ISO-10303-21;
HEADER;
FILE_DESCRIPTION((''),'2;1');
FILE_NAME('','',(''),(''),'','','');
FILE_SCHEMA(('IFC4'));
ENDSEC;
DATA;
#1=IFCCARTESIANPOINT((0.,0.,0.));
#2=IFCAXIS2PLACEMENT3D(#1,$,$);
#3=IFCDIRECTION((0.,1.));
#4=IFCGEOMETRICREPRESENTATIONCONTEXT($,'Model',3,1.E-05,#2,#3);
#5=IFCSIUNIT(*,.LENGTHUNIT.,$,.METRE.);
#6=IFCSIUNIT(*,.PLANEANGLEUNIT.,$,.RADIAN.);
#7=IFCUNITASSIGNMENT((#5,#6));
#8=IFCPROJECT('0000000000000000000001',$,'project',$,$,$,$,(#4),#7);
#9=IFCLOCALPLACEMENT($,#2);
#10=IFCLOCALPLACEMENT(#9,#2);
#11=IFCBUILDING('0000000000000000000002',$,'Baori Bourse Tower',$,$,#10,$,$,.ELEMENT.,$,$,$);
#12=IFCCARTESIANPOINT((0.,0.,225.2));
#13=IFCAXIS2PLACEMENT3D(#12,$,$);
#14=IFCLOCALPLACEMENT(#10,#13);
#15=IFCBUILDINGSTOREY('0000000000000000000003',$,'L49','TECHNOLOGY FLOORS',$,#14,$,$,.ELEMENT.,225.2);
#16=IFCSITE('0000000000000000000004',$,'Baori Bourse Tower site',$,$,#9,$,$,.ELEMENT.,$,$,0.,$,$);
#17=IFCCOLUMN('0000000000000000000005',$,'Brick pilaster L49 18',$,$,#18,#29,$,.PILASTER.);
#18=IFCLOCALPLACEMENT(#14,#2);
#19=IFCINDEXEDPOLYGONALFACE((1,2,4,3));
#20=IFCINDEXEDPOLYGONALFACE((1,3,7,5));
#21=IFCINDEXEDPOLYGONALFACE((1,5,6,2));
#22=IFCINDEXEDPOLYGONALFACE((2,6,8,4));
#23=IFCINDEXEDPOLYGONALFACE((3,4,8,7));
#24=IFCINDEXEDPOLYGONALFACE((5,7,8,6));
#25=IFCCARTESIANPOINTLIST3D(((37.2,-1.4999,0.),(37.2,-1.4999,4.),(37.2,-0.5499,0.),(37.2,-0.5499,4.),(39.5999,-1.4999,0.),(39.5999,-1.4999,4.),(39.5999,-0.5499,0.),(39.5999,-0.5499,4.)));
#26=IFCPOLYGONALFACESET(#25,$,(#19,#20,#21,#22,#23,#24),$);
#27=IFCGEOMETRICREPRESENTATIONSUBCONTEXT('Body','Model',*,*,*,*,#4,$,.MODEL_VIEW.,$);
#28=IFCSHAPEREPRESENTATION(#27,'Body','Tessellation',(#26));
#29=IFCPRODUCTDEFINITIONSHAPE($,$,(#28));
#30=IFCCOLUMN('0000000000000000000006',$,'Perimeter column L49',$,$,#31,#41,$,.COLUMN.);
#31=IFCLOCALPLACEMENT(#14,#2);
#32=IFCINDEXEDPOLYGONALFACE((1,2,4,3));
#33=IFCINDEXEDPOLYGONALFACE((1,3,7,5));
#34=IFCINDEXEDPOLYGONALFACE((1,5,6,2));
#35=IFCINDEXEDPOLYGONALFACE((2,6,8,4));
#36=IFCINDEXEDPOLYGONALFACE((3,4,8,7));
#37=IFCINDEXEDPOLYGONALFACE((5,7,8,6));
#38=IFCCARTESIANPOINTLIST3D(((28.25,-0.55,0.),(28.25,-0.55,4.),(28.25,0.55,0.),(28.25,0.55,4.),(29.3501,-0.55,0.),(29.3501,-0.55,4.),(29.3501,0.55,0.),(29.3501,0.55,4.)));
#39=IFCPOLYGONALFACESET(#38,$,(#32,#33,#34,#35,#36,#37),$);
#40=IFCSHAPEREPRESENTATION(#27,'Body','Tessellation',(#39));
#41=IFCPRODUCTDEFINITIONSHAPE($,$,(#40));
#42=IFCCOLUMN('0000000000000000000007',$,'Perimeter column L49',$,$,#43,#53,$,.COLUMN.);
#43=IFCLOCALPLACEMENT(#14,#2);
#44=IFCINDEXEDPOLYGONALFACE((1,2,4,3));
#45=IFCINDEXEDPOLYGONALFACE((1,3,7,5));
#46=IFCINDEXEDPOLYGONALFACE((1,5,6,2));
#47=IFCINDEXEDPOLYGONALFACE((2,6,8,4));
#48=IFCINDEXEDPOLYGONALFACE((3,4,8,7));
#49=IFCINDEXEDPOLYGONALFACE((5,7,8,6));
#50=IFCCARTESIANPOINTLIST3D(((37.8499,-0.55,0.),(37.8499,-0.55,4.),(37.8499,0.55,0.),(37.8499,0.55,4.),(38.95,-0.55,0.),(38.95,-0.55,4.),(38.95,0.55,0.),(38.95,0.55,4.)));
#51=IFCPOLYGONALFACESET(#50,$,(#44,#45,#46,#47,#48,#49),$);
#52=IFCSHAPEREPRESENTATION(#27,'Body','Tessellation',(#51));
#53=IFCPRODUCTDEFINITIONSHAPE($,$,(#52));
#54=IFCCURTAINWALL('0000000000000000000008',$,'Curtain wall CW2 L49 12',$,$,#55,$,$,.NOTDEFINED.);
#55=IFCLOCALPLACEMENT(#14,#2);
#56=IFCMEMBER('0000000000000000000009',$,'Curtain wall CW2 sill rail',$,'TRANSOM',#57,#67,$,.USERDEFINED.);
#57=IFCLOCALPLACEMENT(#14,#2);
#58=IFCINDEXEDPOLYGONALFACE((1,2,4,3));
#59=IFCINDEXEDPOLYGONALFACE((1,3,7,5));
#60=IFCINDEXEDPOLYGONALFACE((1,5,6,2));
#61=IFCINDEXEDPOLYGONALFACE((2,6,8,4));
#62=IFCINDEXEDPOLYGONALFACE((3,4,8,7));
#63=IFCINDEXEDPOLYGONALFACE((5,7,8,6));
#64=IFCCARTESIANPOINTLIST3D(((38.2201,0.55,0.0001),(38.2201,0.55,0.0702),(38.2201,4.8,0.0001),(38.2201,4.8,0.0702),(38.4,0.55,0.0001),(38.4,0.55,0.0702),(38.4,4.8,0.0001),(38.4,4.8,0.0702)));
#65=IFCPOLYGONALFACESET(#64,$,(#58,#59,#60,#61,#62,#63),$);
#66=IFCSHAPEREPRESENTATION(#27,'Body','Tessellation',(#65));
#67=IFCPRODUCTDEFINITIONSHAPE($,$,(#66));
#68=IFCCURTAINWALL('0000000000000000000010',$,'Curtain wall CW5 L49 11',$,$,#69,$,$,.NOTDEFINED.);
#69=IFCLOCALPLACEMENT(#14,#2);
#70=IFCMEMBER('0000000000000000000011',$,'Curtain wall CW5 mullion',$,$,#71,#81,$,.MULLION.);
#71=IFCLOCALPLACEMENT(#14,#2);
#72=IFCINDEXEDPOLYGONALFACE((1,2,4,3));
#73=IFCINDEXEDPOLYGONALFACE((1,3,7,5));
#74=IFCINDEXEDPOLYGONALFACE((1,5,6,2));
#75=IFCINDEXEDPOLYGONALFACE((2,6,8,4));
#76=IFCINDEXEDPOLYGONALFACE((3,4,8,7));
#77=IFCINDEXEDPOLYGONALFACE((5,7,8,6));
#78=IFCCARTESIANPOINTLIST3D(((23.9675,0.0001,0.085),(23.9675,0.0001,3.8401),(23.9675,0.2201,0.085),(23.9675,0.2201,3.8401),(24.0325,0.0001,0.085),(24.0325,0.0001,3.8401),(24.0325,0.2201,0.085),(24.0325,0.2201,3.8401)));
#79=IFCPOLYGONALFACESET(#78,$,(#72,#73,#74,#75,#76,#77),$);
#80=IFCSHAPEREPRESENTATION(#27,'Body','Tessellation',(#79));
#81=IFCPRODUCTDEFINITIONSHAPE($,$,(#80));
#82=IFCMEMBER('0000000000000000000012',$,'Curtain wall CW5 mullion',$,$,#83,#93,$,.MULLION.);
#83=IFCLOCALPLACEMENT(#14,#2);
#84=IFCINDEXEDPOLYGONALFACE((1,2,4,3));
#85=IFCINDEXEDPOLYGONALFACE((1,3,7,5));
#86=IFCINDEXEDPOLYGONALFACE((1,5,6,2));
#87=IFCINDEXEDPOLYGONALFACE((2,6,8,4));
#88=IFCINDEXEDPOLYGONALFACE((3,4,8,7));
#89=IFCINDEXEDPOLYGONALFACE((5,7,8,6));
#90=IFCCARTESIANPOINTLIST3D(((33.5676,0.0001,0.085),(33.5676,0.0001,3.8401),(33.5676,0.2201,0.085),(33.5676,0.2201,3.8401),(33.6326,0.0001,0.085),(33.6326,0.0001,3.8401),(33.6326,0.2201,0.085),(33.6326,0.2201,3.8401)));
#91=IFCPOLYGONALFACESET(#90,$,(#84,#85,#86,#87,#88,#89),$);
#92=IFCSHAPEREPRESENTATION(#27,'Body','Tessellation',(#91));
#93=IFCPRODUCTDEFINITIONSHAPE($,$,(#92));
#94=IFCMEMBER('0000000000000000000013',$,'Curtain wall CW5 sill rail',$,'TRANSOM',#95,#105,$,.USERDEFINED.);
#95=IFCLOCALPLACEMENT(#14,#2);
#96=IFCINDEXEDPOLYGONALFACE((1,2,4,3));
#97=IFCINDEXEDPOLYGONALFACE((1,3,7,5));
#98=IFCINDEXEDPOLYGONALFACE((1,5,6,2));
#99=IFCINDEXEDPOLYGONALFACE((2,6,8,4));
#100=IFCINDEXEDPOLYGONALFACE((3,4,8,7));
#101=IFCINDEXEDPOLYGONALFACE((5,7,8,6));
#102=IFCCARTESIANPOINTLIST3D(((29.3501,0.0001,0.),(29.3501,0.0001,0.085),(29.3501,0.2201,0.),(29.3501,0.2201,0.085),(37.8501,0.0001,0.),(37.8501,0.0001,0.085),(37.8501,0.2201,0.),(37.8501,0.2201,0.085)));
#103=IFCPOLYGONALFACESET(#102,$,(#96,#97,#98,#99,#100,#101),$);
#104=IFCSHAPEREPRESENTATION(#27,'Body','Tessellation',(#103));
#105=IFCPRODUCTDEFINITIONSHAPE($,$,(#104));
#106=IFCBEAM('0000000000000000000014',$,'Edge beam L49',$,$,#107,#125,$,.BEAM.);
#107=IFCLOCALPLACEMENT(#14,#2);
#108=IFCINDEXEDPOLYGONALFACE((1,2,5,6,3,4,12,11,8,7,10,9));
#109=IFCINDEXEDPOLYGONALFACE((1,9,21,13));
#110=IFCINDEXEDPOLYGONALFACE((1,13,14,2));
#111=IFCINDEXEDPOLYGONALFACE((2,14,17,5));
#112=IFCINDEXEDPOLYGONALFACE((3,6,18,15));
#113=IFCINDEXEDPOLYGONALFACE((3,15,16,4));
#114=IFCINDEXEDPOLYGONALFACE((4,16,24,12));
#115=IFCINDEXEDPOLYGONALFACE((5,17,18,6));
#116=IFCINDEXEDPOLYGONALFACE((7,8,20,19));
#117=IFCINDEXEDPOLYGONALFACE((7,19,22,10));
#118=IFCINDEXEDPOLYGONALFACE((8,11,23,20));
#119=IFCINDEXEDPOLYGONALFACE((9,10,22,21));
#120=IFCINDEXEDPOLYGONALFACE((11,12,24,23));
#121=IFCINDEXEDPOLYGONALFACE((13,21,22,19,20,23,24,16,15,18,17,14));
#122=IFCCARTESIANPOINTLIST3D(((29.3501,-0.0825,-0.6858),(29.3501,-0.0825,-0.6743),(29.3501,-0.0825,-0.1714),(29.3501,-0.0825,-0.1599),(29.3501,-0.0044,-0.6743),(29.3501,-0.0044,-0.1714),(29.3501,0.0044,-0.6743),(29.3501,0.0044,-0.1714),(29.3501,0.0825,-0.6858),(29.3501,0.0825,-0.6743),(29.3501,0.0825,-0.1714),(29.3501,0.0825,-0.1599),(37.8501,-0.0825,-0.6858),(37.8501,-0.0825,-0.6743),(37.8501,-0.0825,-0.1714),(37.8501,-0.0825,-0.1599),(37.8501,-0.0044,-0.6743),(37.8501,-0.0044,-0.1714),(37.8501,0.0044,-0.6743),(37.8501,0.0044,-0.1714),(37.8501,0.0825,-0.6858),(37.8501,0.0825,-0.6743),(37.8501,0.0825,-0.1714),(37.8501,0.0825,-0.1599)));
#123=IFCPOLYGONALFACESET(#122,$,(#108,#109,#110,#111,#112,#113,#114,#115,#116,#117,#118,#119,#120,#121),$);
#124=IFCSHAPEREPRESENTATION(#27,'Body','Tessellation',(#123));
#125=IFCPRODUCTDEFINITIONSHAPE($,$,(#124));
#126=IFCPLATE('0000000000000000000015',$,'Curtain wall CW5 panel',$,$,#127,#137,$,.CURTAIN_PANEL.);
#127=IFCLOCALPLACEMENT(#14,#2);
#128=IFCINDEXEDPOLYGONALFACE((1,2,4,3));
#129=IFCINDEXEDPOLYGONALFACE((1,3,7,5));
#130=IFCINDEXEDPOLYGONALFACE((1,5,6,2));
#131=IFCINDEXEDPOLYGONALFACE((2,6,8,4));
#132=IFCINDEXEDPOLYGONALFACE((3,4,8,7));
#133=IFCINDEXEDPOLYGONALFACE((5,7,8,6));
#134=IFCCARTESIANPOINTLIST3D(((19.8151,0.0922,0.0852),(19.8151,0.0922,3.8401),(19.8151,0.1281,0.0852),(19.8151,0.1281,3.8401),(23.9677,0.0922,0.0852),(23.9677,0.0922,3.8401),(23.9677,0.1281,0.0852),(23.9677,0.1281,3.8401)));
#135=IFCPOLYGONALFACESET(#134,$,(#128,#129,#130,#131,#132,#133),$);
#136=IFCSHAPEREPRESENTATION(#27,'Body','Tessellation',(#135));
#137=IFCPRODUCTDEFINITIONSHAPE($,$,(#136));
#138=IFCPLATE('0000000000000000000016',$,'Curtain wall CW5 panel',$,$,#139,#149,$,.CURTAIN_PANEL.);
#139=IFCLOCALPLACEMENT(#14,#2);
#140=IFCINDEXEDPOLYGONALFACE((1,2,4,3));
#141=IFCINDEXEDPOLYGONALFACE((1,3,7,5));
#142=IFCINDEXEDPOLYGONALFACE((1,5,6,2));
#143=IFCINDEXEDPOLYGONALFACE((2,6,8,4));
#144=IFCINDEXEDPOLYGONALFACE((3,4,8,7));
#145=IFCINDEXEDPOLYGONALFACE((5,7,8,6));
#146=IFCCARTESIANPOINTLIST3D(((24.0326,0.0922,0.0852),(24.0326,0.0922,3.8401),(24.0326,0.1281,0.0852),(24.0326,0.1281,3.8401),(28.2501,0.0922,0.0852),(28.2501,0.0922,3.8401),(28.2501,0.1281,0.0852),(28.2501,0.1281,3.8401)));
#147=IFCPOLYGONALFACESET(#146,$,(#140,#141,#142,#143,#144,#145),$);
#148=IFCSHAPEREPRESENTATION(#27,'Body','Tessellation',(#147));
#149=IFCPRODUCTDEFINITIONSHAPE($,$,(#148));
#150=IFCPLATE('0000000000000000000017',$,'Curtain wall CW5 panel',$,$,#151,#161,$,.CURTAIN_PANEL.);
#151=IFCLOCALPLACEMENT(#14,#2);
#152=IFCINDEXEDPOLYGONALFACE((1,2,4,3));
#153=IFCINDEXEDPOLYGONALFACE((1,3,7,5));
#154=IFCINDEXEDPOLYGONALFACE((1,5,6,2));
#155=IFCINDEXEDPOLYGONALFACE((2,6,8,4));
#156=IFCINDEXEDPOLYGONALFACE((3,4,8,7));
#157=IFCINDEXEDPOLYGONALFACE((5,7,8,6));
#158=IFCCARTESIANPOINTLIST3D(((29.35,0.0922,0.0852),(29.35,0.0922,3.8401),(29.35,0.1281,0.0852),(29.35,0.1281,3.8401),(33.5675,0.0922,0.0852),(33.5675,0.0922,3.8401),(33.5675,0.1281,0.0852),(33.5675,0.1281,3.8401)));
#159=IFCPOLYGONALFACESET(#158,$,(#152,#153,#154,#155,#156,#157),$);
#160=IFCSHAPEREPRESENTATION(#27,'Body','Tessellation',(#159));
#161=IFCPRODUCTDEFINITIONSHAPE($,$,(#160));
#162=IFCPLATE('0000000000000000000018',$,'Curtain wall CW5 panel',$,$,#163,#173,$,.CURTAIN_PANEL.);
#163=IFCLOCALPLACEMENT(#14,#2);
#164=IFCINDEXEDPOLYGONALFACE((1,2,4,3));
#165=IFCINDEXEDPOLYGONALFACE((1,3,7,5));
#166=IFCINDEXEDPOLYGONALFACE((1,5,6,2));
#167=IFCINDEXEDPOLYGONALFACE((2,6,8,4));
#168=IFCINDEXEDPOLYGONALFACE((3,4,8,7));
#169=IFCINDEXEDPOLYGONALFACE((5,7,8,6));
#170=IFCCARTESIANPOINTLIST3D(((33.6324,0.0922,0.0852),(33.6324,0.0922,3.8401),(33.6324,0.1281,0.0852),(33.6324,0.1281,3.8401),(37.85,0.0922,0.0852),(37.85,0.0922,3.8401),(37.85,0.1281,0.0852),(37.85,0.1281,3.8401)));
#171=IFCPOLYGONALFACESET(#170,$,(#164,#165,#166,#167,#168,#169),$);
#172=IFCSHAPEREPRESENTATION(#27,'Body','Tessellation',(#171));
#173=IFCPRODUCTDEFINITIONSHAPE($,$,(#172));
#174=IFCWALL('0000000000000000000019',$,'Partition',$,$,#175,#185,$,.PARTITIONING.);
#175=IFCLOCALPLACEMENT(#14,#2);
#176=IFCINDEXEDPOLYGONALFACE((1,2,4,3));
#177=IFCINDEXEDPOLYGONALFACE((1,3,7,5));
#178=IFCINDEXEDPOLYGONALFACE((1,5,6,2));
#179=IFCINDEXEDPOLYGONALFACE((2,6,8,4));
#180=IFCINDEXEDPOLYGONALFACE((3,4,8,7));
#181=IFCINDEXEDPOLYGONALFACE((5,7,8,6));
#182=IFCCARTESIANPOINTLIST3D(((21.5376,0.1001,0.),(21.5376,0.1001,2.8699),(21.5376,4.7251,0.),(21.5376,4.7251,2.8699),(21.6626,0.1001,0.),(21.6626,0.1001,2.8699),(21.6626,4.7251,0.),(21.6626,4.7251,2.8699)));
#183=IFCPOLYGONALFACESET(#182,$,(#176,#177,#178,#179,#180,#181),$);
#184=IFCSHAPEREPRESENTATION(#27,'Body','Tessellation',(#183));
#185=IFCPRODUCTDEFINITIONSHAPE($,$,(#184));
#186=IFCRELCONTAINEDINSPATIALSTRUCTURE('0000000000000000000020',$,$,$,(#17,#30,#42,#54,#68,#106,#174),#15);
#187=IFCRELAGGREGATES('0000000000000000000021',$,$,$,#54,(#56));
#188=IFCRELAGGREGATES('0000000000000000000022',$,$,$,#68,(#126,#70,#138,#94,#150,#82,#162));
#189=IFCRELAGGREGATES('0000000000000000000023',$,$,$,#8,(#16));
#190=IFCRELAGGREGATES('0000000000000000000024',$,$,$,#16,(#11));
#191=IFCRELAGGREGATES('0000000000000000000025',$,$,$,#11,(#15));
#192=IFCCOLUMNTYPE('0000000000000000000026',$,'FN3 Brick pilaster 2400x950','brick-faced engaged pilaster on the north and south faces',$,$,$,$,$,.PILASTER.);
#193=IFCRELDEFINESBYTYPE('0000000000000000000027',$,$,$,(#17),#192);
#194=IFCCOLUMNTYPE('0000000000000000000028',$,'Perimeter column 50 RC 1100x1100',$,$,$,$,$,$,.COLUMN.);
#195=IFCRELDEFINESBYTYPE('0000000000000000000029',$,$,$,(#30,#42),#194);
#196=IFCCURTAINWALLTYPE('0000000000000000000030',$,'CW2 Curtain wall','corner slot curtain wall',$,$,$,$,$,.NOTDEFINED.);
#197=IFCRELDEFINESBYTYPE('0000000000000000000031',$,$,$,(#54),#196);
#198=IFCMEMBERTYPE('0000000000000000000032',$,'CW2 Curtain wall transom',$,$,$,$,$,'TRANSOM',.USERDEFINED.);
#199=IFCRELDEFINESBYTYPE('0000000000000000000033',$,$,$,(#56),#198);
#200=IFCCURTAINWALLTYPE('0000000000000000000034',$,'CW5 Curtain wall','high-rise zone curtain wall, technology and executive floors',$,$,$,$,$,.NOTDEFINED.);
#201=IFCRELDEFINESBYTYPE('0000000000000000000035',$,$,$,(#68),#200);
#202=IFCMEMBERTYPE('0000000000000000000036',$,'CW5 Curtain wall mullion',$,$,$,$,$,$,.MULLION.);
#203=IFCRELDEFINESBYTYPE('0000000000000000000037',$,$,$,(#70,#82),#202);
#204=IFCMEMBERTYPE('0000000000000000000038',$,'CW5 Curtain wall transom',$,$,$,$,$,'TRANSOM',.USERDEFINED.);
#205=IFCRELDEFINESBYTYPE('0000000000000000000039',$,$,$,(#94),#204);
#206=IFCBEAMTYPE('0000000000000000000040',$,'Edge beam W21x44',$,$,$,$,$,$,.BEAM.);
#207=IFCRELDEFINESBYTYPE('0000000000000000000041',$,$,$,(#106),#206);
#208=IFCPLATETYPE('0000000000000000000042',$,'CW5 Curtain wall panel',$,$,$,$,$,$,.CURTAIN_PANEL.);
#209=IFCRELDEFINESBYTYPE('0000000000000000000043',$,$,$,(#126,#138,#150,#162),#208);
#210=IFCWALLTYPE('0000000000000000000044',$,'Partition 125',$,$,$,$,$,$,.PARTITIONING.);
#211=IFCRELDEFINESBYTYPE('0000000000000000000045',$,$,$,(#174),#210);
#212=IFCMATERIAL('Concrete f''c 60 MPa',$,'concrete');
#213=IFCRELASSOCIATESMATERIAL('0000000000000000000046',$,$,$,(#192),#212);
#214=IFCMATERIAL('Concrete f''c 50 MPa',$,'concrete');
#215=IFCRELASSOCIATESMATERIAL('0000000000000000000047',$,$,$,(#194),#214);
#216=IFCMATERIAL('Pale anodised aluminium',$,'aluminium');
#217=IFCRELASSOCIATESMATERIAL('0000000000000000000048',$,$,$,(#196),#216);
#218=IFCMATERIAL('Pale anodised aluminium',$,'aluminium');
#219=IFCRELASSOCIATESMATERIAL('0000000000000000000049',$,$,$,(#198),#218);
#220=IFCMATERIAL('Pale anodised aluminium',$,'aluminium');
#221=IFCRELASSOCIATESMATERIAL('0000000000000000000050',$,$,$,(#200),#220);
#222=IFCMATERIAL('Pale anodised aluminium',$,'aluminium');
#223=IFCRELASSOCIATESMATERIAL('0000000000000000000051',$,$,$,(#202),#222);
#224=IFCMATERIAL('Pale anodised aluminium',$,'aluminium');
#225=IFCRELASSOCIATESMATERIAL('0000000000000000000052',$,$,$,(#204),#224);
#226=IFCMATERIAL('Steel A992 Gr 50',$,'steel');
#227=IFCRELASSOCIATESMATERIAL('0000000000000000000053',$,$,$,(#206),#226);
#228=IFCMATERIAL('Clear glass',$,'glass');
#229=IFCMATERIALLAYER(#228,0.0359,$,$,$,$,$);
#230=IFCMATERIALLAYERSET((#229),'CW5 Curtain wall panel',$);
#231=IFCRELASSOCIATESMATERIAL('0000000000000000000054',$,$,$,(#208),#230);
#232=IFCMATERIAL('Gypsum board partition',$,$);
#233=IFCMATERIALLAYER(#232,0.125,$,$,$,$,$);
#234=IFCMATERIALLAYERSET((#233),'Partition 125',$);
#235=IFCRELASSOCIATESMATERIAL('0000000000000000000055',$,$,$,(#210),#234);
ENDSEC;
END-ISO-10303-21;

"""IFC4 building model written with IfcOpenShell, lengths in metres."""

from ifc_helpers import new_model, si_unit, direction, frame, frame_2d, origin, origin_2d, place, context, subcontext, project, spatial, rectangle, i_section, extrude, material, layer, layer_set, material_profile, profile_set, type_object, element, aggregate, save


model = new_model("IFC4")

# Units and contexts
model_context = context("Model", 3, precision=1e-05, world=origin(), true_north=direction((0.0, 1.0)))
body_context = subcontext(model_context, "Body", "Model", "MODEL_VIEW")
ifc_project = project(units=[si_unit("LENGTHUNIT", "METRE"), si_unit("PLANEANGLEUNIT", "RADIAN")], contexts=[model_context])

# Site, building, storey
site_placement = place(None, origin())
site = spatial("IfcSite", under=ifc_project, at=site_placement, Name="Baori Bourse Tower site", CompositionType="ELEMENT", RefElevation=0.0)
building_placement = place(site_placement, origin())
building = spatial("IfcBuilding", under=site, at=building_placement, Name="Baori Bourse Tower", CompositionType="ELEMENT")
storey_placement = place(building_placement, frame((0.0, 0.0, 225.2)))
storey = spatial("IfcBuildingStorey", under=building, at=storey_placement, Name="L49", Description="TECHNOLOGY FLOORS", CompositionType="ELEMENT", Elevation=225.2)

# Columns
ifc_material_1 = material(Name="Concrete f'c 60 MPa", Category="concrete")
ifc_material_profile_1 = material_profile(ifc_material_1, rectangle(XDim=2.3999, YDim=0.95, at=origin_2d()), Name="RC 2400x950")
ifc_profile_set_1 = profile_set([ifc_material_profile_1], Name="Concrete f'c 60 MPa")
column_type_1 = type_object("IfcColumnType", Name="FN3 Brick pilaster 2400x950", Description="brick-faced engaged pilaster on the north and south faces", PredefinedType="PILASTER", material=ifc_profile_set_1)
column_placement = place(storey_placement, frame((38.3999, -1.0249, 0.0), z_axis=(0.0, 0.0, 1.0), x_axis=(1.0, 0.0, 0.0)))
element("IfcColumn", 1, at=column_placement, inside=storey, type_object=column_type_1, Name="Brick pilaster L49 18", PredefinedType="PILASTER", context=body_context, shape_type="SweptSolid", body=[
    extrude(rectangle(XDim=2.3999, YDim=0.95, at=origin_2d()), origin(), (0.0, 0.0, 1.0), 4.0),
])
ifc_material_2 = material(Name="Concrete f'c 50 MPa", Category="concrete")
ifc_material_profile_2 = material_profile(ifc_material_2, rectangle(XDim=1.1001, YDim=1.1001, at=origin_2d()), Name="RC 1100x1100")
ifc_profile_set_2 = profile_set([ifc_material_profile_2], Name="Concrete f'c 50 MPa")
column_type_2 = type_object("IfcColumnType", Name="Perimeter column 50 RC 1100x1100", PredefinedType="COLUMN", material=ifc_profile_set_2)
for number, where, z_axis, x_axis, name in (
    (2, (28.8, 0.0, 0.0), (0.0, 0.0, 1.0), (1.0, 0.0, 0.0), "Perimeter column L49"),
    (3, (38.3999, 0.0, 0.0), (0.0, 0.0, 1.0), (1.0, 0.0, 0.0), "Perimeter column L49"),
):
    element("IfcColumn", number, at=place(storey_placement, frame(where, z_axis=z_axis, x_axis=x_axis)), inside=storey, type_object=column_type_2, Name=name, PredefinedType="COLUMN", context=body_context, shape_type="SweptSolid", body=[
        extrude(rectangle(XDim=1.1001, YDim=1.1001, at=origin_2d()), origin(), (0.0, 0.0, 1.0), 4.0),
    ])

# Curtain wall, member
ifc_material_3 = material(Name="Pale anodised aluminium", Category="aluminium")
curtain_wall_type_1 = type_object("IfcCurtainWallType", Name="CW2 Curtain wall", Description="corner slot curtain wall", PredefinedType="NOTDEFINED", material=ifc_material_3)
curtain_wall_1_placement = place(storey_placement, origin())
curtain_wall_1 = element("IfcCurtainWall", 4, at=curtain_wall_1_placement, inside=storey, type_object=curtain_wall_type_1, Name="Curtain wall CW2 L49 12", PredefinedType="NOTDEFINED")
ifc_material_4 = material(Name="Pale anodised aluminium", Category="aluminium")
ifc_material_profile_3 = material_profile(ifc_material_4, rectangle(XDim=0.1799, YDim=0.0701, at=origin_2d()), Name="Transom 70x180")
ifc_profile_set_3 = profile_set([ifc_material_profile_3], Name="Pale anodised aluminium")
member_type_1 = type_object("IfcMemberType", Name="CW2 Curtain wall transom", ElementType="TRANSOM", PredefinedType="USERDEFINED", material=ifc_profile_set_3)
member_1_placement = place(storey_placement, frame((38.3101, 0.55, 0.0352), z_axis=(0.0, 1.0, 0.0), x_axis=(-1.0, 0.0, 0.0)))
member_1 = element("IfcMember", 5, at=member_1_placement, type_object=member_type_1, Name="Curtain wall CW2 sill rail", ObjectType="TRANSOM", PredefinedType="USERDEFINED", context=body_context, shape_type="SweptSolid", body=[
    extrude(rectangle(XDim=0.1799, YDim=0.0701, at=origin_2d()), origin(), (0.0, 0.0, 1.0), 4.25),
])
aggregate(curtain_wall_1, [member_1])

# Curtain wall, members
ifc_material_5 = material(Name="Pale anodised aluminium", Category="aluminium")
curtain_wall_type_2 = type_object("IfcCurtainWallType", Name="CW5 Curtain wall", Description="high-rise zone curtain wall, technology and executive floors", PredefinedType="NOTDEFINED", material=ifc_material_5)
curtain_wall_2_placement = place(storey_placement, origin())
curtain_wall_2 = element("IfcCurtainWall", 6, at=curtain_wall_2_placement, inside=storey, type_object=curtain_wall_type_2, Name="Curtain wall CW5 L49 11", PredefinedType="NOTDEFINED")
ifc_material_6 = material(Name="Pale anodised aluminium", Category="aluminium")
ifc_material_profile_4 = material_profile(ifc_material_6, rectangle(XDim=0.22, YDim=0.0649, at=origin_2d()), Name="Mullion 65x220")
ifc_profile_set_4 = profile_set([ifc_material_profile_4], Name="Pale anodised aluminium")
member_type_2 = type_object("IfcMemberType", Name="CW5 Curtain wall mullion", PredefinedType="MULLION", material=ifc_profile_set_4)
member_2_placement = place(storey_placement, frame((24.0, 0.1101, 0.085), z_axis=(0.0, 0.0, 1.0), x_axis=(0.0, 1.0, 0.0)))
member_2 = element("IfcMember", 7, at=member_2_placement, type_object=member_type_2, Name="Curtain wall CW5 mullion", PredefinedType="MULLION", context=body_context, shape_type="SweptSolid", body=[
    extrude(rectangle(XDim=0.22, YDim=0.0649, at=origin_2d()), origin(), (0.0, 0.0, 1.0), 3.7551),
])
member_3_placement = place(storey_placement, frame((33.6001, 0.1101, 0.085), z_axis=(0.0, 0.0, 1.0), x_axis=(0.0, 1.0, 0.0)))
member_3 = element("IfcMember", 8, at=member_3_placement, type_object=member_type_2, Name="Curtain wall CW5 mullion", PredefinedType="MULLION", context=body_context, shape_type="SweptSolid", body=[
    extrude(rectangle(XDim=0.22, YDim=0.0649, at=origin_2d()), origin(), (0.0, 0.0, 1.0), 3.7551),
])
ifc_material_7 = material(Name="Pale anodised aluminium", Category="aluminium")
ifc_material_profile_5 = material_profile(ifc_material_7, rectangle(XDim=0.22, YDim=0.085, at=origin_2d()), Name="Transom 85x220")
ifc_profile_set_5 = profile_set([ifc_material_profile_5], Name="Pale anodised aluminium")
member_type_3 = type_object("IfcMemberType", Name="CW5 Curtain wall transom", ElementType="TRANSOM", PredefinedType="USERDEFINED", material=ifc_profile_set_5)
member_4_placement = place(storey_placement, frame((29.3501, 0.1101, 0.0425), z_axis=(1.0, 0.0, 0.0), x_axis=(0.0, 1.0, 0.0)))
member_4 = element("IfcMember", 9, at=member_4_placement, type_object=member_type_3, Name="Curtain wall CW5 sill rail", ObjectType="TRANSOM", PredefinedType="USERDEFINED", context=body_context, shape_type="SweptSolid", body=[
    extrude(rectangle(XDim=0.22, YDim=0.085, at=origin_2d()), origin(), (0.0, 0.0, 1.0), 8.5),
])

# Beam
ifc_material_8 = material(Name="Steel A992 Gr 50", Category="steel")
ifc_material_profile_6 = material_profile(ifc_material_8, i_section(OverallWidth=0.165, OverallDepth=0.5259, WebThickness=0.0088, FlangeThickness=0.0115, at=origin_2d()), Name="W21x44")
ifc_profile_set_6 = profile_set([ifc_material_profile_6], Name="Steel A992 Gr 50")
beam_type = type_object("IfcBeamType", Name="Edge beam W21x44", PredefinedType="BEAM", material=ifc_profile_set_6)
beam_placement = place(storey_placement, frame((29.3501, 0.0, -0.4229), z_axis=(1.0, 0.0, 0.0), x_axis=(0.0, 1.0, 0.0)))
element("IfcBeam", 10, at=beam_placement, inside=storey, type_object=beam_type, Name="Edge beam L49", PredefinedType="BEAM", context=body_context, shape_type="SweptSolid", body=[
    extrude(i_section(OverallWidth=0.165, OverallDepth=0.5259, WebThickness=0.0088, FlangeThickness=0.0115, at=origin_2d()), origin(), (0.0, 0.0, 1.0), 8.5),
])

# Plates
ifc_material_9 = material(Name="Clear glass", Category="glass")
ifc_layer_1 = layer(ifc_material_9, 0.0359)
ifc_layer_set_1 = layer_set([ifc_layer_1], Name="CW5 Curtain wall panel")
plate_type = type_object("IfcPlateType", Name="CW5 Curtain wall panel", PredefinedType="CURTAIN_PANEL", material=ifc_layer_set_1)
plate_1_placement = place(storey_placement, frame((21.8914, 0.1101, 0.0852), z_axis=(0.0, 0.0, 1.0), x_axis=(1.0, 0.0, 0.0)))
plate_1 = element("IfcPlate", 11, at=plate_1_placement, type_object=plate_type, Name="Curtain wall CW5 panel", PredefinedType="CURTAIN_PANEL", context=body_context, shape_type="SweptSolid", body=[
    extrude(rectangle(XDim=4.1526, YDim=0.0359, at=origin_2d()), origin(), (0.0, 0.0, 1.0), 3.7549),
])
plate_2_placement = place(storey_placement, frame((26.1414, 0.1101, 0.0852), z_axis=(0.0, 0.0, 1.0), x_axis=(1.0, 0.0, 0.0)))
plate_2 = element("IfcPlate", 12, at=plate_2_placement, type_object=plate_type, Name="Curtain wall CW5 panel", PredefinedType="CURTAIN_PANEL", context=body_context, shape_type="SweptSolid", body=[
    extrude(rectangle(XDim=4.2175, YDim=0.0359, at=origin_2d()), origin(), (0.0, 0.0, 1.0), 3.7549),
])
plate_3_placement = place(storey_placement, frame((31.4587, 0.1101, 0.0852), z_axis=(0.0, 0.0, 1.0), x_axis=(1.0, 0.0, 0.0)))
plate_3 = element("IfcPlate", 13, at=plate_3_placement, type_object=plate_type, Name="Curtain wall CW5 panel", PredefinedType="CURTAIN_PANEL", context=body_context, shape_type="SweptSolid", body=[
    extrude(rectangle(XDim=4.2175, YDim=0.0359, at=origin_2d()), origin(), (0.0, 0.0, 1.0), 3.7549),
])
plate_4_placement = place(storey_placement, frame((35.7412, 0.1101, 0.0852), z_axis=(0.0, 0.0, 1.0), x_axis=(1.0, 0.0, 0.0)))
plate_4 = element("IfcPlate", 14, at=plate_4_placement, type_object=plate_type, Name="Curtain wall CW5 panel", PredefinedType="CURTAIN_PANEL", context=body_context, shape_type="SweptSolid", body=[
    extrude(rectangle(XDim=4.2175, YDim=0.0359, at=origin_2d()), origin(), (0.0, 0.0, 1.0), 3.7549),
])
aggregate(curtain_wall_2, [plate_1, member_2, plate_2, member_4, plate_3, member_3, plate_4])

# Wall
ifc_material_10 = material(Name="Gypsum board partition")
ifc_layer_2 = layer(ifc_material_10, 0.125)
ifc_layer_set_2 = layer_set([ifc_layer_2], Name="Partition 125")
wall_type = type_object("IfcWallType", Name="Partition 125", PredefinedType="PARTITIONING", material=ifc_layer_set_2)
wall_placement = place(storey_placement, frame((21.6001, 0.1001, 0.0), z_axis=(0.0, 0.0, 1.0), x_axis=(0.0, 1.0, 0.0)))
element("IfcWall", 15, at=wall_placement, inside=storey, type_object=wall_type, Name="Partition", PredefinedType="PARTITIONING", context=body_context, shape_type="SweptSolid", body=[
    extrude(rectangle(XDim=4.625, YDim=0.125, at=frame_2d((2.3125, 0.0))), origin(), (0.0, 0.0, 1.0), 2.8699),
])

save(model, "model.ifc")
